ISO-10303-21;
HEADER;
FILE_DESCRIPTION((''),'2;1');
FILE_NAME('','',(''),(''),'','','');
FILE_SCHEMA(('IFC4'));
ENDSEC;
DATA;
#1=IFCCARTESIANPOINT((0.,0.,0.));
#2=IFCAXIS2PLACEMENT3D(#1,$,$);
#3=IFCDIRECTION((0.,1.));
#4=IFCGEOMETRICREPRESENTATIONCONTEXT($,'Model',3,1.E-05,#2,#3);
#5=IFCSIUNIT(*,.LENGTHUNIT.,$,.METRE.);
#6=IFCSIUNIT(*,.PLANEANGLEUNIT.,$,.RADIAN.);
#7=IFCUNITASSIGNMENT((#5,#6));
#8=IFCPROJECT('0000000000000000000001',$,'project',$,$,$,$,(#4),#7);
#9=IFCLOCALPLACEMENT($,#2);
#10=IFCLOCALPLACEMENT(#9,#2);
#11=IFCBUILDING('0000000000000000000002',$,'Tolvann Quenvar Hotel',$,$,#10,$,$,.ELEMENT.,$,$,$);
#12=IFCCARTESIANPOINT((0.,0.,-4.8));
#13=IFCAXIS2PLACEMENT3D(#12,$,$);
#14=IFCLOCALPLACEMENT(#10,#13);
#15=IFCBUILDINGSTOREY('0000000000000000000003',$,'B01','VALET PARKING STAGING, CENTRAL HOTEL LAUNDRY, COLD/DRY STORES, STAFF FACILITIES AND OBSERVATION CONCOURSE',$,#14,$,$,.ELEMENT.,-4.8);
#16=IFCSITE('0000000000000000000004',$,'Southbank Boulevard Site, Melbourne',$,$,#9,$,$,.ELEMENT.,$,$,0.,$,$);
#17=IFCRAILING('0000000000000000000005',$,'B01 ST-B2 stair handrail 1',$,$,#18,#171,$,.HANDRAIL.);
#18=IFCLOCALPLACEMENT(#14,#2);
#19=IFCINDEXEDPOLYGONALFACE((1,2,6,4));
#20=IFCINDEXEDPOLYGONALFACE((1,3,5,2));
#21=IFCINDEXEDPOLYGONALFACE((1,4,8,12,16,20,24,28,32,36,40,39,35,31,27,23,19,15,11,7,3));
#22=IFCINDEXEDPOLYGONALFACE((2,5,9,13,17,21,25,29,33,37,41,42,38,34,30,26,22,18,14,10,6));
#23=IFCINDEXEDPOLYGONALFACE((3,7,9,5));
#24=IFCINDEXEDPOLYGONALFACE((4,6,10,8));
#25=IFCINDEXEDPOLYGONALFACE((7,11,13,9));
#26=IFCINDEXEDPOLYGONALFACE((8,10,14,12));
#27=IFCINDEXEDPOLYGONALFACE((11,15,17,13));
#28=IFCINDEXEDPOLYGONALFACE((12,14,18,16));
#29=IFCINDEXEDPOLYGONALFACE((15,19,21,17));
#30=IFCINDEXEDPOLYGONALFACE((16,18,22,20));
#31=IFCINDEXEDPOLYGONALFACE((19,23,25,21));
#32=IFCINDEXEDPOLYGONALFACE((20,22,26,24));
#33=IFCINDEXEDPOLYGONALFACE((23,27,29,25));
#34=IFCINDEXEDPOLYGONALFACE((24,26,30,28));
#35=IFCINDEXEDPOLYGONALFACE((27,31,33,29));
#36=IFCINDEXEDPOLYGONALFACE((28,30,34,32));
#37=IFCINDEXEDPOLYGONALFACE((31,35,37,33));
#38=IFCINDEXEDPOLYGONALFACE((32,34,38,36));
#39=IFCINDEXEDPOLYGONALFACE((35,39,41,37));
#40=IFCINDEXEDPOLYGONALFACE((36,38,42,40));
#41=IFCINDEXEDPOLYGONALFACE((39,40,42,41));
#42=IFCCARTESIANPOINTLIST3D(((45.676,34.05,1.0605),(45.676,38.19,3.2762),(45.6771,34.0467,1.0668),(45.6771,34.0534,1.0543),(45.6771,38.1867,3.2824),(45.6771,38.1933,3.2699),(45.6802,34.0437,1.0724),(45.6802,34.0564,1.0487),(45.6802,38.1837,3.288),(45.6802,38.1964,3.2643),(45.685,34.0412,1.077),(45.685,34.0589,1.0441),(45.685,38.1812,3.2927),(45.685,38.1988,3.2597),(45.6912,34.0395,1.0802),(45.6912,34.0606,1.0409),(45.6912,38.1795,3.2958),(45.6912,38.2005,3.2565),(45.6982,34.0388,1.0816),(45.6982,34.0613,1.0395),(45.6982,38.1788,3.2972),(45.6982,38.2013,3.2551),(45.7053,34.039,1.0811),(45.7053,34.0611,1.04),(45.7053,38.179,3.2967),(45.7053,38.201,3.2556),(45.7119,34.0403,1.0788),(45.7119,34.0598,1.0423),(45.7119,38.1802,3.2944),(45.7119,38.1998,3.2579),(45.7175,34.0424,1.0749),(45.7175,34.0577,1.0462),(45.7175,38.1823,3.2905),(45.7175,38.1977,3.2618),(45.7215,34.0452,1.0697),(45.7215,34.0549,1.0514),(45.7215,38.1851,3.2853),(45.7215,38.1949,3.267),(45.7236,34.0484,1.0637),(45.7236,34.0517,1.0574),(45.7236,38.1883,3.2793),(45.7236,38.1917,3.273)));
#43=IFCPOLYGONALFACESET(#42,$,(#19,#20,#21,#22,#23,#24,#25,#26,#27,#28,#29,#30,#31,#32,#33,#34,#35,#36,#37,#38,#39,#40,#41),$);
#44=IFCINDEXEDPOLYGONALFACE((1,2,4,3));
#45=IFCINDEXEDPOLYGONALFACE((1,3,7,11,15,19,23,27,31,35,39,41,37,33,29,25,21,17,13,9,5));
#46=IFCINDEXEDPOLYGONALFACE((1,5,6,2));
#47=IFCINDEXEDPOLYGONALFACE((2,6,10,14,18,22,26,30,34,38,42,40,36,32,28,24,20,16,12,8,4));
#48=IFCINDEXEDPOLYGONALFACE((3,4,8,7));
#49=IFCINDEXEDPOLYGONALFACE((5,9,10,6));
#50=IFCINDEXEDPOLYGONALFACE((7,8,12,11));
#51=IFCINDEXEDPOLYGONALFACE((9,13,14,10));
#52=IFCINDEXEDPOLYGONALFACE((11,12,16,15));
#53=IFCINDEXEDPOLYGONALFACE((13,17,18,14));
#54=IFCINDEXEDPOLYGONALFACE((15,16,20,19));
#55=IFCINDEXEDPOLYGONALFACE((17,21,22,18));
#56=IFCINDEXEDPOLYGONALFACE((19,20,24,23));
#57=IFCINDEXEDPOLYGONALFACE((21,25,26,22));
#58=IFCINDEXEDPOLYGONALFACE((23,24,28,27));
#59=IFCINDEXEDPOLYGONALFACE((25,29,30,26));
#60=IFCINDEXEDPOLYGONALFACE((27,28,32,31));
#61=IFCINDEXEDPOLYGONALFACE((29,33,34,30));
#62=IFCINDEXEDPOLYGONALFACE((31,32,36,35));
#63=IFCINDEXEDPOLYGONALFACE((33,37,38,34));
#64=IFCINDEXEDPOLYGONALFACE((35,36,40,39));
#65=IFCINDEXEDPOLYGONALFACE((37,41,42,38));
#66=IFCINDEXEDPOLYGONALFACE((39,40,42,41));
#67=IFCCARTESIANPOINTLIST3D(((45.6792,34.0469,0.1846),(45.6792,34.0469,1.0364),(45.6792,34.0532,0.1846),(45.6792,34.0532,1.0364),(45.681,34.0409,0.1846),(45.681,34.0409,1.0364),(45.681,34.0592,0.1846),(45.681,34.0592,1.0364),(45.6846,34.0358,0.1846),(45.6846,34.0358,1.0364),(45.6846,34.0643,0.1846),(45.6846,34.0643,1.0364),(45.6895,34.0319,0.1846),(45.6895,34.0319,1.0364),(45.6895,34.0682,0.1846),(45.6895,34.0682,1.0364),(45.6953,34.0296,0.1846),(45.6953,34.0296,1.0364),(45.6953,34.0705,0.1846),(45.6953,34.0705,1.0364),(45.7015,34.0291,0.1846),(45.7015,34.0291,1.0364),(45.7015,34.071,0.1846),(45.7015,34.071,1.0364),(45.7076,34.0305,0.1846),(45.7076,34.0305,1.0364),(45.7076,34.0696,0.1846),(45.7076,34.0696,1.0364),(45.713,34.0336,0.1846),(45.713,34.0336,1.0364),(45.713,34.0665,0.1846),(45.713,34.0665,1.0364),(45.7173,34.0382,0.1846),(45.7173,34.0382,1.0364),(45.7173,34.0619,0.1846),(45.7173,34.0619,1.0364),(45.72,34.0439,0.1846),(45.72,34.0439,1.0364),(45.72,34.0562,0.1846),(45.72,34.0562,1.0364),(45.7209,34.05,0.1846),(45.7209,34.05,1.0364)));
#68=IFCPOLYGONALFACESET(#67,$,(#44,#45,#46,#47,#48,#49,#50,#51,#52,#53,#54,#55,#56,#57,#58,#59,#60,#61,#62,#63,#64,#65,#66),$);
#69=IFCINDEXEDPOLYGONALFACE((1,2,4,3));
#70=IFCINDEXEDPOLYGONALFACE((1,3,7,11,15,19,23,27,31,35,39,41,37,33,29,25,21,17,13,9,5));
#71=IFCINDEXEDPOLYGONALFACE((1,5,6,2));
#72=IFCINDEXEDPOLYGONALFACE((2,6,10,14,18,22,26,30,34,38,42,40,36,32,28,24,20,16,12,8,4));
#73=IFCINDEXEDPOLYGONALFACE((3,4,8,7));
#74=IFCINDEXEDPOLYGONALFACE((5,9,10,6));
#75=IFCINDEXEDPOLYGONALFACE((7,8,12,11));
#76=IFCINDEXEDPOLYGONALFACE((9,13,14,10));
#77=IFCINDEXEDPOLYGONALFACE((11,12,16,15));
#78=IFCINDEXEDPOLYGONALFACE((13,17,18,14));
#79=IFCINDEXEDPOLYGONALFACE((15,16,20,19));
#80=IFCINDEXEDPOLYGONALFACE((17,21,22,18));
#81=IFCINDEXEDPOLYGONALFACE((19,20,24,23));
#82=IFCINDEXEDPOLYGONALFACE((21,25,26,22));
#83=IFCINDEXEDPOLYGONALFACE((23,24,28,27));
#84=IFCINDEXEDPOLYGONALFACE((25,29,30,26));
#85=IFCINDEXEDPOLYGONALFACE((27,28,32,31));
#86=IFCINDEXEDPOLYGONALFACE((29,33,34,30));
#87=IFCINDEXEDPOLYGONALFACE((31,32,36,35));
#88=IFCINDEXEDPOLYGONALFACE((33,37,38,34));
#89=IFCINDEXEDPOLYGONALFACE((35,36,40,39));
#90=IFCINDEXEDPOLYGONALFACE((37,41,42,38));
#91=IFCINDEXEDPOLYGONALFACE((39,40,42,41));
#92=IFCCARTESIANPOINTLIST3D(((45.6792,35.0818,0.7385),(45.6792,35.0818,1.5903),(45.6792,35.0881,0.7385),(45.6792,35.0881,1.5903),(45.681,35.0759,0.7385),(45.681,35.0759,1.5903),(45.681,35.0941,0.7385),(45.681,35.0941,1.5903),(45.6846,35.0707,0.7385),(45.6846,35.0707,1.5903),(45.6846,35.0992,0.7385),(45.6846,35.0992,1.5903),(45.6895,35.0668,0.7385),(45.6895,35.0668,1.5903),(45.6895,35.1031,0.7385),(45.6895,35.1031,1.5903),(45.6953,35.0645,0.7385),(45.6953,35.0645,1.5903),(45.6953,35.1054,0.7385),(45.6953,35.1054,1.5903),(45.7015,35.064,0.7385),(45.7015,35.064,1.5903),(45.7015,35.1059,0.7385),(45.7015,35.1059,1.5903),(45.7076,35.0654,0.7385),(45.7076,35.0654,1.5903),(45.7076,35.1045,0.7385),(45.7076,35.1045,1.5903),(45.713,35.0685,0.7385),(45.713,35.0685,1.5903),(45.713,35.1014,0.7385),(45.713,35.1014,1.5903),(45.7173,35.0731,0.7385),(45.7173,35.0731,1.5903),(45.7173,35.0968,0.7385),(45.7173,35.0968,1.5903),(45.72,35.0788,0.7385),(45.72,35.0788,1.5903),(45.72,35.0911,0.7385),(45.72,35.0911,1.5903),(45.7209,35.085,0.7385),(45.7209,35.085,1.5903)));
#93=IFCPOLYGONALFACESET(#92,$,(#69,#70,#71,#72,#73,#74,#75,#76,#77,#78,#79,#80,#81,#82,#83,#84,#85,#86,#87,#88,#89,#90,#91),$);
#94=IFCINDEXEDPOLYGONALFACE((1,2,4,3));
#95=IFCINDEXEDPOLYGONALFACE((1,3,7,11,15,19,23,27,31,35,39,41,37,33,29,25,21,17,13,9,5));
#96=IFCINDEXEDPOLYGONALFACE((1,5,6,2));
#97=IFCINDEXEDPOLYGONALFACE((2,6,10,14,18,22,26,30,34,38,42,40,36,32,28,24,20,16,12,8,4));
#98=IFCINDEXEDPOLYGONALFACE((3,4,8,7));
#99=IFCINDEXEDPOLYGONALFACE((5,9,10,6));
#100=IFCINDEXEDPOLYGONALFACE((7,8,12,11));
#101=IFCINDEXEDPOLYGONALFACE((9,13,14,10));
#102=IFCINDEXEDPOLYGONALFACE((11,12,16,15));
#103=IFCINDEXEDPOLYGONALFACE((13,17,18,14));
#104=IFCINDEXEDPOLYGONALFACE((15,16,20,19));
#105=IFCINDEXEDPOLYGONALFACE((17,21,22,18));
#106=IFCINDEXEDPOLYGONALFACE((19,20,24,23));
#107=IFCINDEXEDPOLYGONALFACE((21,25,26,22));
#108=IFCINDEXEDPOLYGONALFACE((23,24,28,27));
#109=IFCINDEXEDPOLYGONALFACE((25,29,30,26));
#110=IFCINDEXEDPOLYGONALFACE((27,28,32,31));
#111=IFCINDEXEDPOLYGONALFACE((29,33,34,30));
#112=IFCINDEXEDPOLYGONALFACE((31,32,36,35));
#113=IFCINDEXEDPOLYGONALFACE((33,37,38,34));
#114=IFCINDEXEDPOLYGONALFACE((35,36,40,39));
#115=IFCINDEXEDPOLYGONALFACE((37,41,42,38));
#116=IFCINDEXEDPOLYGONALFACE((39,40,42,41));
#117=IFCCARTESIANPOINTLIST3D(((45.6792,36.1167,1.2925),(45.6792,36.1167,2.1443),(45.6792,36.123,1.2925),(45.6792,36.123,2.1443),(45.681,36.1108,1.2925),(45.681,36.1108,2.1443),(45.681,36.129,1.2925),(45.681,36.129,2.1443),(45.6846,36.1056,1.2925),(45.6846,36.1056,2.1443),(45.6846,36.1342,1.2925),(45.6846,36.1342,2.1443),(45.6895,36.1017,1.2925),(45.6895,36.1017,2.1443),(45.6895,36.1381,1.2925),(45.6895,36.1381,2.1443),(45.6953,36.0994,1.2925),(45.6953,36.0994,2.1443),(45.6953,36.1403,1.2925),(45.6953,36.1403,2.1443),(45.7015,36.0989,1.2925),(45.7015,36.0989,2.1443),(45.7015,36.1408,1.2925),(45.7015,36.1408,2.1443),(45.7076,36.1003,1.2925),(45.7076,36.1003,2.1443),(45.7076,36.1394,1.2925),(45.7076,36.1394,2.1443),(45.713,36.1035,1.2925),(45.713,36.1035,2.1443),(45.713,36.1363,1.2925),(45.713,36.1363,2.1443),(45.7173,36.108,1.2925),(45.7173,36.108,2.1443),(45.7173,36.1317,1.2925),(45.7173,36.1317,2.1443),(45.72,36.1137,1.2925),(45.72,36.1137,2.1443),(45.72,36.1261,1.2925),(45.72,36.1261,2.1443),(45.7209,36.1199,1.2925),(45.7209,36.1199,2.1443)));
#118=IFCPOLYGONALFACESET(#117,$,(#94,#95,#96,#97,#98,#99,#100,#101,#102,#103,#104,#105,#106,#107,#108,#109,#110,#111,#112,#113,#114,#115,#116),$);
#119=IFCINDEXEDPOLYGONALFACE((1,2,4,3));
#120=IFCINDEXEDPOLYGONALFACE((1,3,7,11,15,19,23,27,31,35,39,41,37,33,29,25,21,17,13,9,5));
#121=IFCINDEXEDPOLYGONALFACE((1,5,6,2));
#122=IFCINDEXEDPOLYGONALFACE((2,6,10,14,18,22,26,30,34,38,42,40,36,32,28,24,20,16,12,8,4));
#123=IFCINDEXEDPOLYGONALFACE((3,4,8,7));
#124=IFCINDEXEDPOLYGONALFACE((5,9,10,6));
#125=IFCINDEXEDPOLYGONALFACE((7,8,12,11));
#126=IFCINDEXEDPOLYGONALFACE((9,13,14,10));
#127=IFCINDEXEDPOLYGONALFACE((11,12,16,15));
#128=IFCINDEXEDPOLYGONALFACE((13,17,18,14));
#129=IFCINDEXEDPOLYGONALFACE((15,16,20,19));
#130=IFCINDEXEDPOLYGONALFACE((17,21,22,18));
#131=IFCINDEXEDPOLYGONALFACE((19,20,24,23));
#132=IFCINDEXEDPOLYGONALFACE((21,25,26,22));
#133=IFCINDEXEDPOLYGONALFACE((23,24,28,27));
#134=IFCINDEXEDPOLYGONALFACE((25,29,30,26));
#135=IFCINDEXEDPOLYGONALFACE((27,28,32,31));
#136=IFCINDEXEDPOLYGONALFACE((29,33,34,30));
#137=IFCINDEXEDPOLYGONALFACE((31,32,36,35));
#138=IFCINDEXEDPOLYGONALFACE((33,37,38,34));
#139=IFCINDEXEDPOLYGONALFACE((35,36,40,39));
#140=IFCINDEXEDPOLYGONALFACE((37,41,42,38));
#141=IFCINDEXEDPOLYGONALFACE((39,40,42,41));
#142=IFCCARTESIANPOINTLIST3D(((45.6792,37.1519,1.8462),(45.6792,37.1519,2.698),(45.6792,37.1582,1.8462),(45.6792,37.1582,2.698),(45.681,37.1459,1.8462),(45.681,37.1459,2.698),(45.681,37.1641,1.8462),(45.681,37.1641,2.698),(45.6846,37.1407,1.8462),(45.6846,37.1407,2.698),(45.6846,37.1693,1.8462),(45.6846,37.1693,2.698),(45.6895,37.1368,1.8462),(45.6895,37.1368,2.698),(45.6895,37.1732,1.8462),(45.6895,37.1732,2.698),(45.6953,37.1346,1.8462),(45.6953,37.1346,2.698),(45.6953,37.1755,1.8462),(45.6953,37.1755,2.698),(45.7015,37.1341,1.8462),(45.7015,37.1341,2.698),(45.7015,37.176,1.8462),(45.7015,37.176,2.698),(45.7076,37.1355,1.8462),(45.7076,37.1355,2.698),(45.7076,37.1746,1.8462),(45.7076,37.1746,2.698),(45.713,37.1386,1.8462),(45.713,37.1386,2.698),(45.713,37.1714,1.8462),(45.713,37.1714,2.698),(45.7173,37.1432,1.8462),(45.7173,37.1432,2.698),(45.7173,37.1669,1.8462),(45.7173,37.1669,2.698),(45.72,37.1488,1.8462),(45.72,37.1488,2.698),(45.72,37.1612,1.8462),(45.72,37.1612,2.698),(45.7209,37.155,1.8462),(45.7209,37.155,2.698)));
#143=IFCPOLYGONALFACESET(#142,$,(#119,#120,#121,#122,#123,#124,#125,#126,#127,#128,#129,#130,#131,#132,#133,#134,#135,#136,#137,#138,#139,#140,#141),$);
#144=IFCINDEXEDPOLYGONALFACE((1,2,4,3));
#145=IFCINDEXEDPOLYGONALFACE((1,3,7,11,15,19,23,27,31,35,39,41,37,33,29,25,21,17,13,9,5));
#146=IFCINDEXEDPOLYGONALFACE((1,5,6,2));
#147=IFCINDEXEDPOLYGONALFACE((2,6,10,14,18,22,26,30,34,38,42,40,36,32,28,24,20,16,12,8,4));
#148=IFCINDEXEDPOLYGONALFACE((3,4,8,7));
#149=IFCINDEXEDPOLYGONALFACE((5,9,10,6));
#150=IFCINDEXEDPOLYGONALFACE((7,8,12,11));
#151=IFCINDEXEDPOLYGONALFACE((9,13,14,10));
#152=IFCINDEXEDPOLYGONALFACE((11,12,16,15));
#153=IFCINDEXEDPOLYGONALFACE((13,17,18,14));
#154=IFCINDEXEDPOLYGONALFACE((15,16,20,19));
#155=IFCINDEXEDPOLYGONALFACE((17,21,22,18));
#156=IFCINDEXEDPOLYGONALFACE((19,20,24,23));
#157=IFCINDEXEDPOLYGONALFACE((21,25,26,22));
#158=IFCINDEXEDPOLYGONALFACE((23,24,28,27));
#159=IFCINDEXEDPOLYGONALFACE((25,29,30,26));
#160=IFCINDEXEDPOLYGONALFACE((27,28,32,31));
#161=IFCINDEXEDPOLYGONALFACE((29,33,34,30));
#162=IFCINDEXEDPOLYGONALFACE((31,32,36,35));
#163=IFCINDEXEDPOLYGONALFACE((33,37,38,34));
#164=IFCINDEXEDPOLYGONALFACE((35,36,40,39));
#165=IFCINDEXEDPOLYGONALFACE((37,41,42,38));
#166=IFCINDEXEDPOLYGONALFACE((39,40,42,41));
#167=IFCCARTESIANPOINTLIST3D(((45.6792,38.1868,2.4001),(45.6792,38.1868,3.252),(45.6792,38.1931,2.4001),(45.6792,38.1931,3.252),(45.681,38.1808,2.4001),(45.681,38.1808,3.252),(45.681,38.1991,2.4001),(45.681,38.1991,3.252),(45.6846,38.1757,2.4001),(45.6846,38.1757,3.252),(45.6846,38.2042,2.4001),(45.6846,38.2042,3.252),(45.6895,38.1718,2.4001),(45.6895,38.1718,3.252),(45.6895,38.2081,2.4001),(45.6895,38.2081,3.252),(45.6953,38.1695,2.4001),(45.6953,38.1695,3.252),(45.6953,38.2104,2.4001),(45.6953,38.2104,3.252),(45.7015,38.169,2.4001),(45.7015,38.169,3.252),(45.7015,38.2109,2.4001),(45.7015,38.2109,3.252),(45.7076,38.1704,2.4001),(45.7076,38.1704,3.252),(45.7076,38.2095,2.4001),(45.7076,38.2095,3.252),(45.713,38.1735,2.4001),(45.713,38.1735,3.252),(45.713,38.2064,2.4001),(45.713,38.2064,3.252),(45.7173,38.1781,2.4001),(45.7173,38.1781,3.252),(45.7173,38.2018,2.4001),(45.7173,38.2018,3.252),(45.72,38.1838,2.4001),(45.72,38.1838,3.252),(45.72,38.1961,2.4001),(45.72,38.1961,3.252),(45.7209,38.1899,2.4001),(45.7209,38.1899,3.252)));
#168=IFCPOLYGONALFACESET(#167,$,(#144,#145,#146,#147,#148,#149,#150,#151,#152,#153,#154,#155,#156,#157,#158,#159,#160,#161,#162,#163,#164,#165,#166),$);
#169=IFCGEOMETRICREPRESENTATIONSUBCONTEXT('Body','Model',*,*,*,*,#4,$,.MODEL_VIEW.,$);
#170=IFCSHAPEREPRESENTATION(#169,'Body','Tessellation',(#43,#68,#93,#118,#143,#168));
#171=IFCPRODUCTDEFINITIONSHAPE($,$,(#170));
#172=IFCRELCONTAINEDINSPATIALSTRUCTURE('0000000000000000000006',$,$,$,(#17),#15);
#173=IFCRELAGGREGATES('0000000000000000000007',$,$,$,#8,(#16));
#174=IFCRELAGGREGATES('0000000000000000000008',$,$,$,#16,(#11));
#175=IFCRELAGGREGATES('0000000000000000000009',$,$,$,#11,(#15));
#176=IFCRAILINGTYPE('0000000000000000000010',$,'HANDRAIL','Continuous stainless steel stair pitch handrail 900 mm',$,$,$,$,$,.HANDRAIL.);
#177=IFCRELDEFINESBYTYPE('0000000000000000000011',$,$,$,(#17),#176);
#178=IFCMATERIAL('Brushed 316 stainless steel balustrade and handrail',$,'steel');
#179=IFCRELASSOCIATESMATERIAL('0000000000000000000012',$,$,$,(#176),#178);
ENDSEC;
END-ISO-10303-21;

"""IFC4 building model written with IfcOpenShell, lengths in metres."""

from ifc_helpers import new_model, si_unit, direction, frame, origin, origin_2d, place, context, subcontext, project, spatial, circle, extrude, material, type_object, element, save


model = new_model("IFC4")

# Units and contexts
model_context = context("Model", 3, precision=1e-05, world=origin(), true_north=direction((0.0, 1.0)))
body_context = subcontext(model_context, "Body", "Model", "MODEL_VIEW")
ifc_project = project(units=[si_unit("LENGTHUNIT", "METRE"), si_unit("PLANEANGLEUNIT", "RADIAN")], contexts=[model_context])

# Site, building, storey
site_placement = place(None, origin())
site = spatial("IfcSite", under=ifc_project, at=site_placement, Name="Southbank Boulevard Site, Melbourne", CompositionType="ELEMENT", RefElevation=0.0)
building_placement = place(site_placement, origin())
building = spatial("IfcBuilding", under=site, at=building_placement, Name="Tolvann Quenvar Hotel", CompositionType="ELEMENT")
storey_placement = place(building_placement, frame((0.0, 0.0, -4.8)))
storey = spatial("IfcBuildingStorey", under=building, at=storey_placement, Name="B01", Description="VALET PARKING STAGING, CENTRAL HOTEL LAUNDRY, COLD/DRY STORES, STAFF FACILITIES AND OBSERVATION CONCOURSE", CompositionType="ELEMENT", Elevation=-4.8)

# Railing
ifc_material_1 = material(Name="Brushed 316 stainless steel balustrade and handrail", Category="steel")
railing_type_1 = type_object("IfcRailingType", Name="HANDRAIL", Description="Continuous stainless steel stair pitch handrail 900 mm", PredefinedType="HANDRAIL", material=ifc_material_1)
railing_1_placement = place(storey_placement, frame((45.7, 34.05, 0.1846)))
element("IfcRailing", 1, at=railing_1_placement, inside=storey, type_object=railing_type_1, Name="B01 ST-B2 stair handrail 1", PredefinedType="HANDRAIL", context=body_context, shape_type="SweptSolid", body=[
    extrude(circle(Radius=0.0239, at=origin_2d()), frame((0.0, 0.0, 0.876), z_axis=(0.0, 0.881677, 0.471853), x_axis=(-1.0, 0.0, 0.0)), (0.0, 0.0, 1.0), 4.6956),
    extrude(circle(Radius=0.021, at=origin_2d()), origin(), (0.0, 0.0, 1.0), 0.8518),
    extrude(circle(Radius=0.021, at=origin_2d()), frame((0.0, 1.0349, 0.554)), (0.0, 0.0, 1.0), 0.8518),
    extrude(circle(Radius=0.021, at=origin_2d()), frame((0.0, 2.0698, 1.1079)), (0.0, 0.0, 1.0), 0.8518),
    extrude(circle(Radius=0.021, at=origin_2d()), frame((0.0, 3.105, 1.6616)), (0.0, 0.0, 1.0), 0.8518),
    extrude(circle(Radius=0.021, at=origin_2d()), frame((0.0, 4.1399, 2.2156)), (0.0, 0.0, 1.0), 0.8518),
])

save(model, "model.ifc")
